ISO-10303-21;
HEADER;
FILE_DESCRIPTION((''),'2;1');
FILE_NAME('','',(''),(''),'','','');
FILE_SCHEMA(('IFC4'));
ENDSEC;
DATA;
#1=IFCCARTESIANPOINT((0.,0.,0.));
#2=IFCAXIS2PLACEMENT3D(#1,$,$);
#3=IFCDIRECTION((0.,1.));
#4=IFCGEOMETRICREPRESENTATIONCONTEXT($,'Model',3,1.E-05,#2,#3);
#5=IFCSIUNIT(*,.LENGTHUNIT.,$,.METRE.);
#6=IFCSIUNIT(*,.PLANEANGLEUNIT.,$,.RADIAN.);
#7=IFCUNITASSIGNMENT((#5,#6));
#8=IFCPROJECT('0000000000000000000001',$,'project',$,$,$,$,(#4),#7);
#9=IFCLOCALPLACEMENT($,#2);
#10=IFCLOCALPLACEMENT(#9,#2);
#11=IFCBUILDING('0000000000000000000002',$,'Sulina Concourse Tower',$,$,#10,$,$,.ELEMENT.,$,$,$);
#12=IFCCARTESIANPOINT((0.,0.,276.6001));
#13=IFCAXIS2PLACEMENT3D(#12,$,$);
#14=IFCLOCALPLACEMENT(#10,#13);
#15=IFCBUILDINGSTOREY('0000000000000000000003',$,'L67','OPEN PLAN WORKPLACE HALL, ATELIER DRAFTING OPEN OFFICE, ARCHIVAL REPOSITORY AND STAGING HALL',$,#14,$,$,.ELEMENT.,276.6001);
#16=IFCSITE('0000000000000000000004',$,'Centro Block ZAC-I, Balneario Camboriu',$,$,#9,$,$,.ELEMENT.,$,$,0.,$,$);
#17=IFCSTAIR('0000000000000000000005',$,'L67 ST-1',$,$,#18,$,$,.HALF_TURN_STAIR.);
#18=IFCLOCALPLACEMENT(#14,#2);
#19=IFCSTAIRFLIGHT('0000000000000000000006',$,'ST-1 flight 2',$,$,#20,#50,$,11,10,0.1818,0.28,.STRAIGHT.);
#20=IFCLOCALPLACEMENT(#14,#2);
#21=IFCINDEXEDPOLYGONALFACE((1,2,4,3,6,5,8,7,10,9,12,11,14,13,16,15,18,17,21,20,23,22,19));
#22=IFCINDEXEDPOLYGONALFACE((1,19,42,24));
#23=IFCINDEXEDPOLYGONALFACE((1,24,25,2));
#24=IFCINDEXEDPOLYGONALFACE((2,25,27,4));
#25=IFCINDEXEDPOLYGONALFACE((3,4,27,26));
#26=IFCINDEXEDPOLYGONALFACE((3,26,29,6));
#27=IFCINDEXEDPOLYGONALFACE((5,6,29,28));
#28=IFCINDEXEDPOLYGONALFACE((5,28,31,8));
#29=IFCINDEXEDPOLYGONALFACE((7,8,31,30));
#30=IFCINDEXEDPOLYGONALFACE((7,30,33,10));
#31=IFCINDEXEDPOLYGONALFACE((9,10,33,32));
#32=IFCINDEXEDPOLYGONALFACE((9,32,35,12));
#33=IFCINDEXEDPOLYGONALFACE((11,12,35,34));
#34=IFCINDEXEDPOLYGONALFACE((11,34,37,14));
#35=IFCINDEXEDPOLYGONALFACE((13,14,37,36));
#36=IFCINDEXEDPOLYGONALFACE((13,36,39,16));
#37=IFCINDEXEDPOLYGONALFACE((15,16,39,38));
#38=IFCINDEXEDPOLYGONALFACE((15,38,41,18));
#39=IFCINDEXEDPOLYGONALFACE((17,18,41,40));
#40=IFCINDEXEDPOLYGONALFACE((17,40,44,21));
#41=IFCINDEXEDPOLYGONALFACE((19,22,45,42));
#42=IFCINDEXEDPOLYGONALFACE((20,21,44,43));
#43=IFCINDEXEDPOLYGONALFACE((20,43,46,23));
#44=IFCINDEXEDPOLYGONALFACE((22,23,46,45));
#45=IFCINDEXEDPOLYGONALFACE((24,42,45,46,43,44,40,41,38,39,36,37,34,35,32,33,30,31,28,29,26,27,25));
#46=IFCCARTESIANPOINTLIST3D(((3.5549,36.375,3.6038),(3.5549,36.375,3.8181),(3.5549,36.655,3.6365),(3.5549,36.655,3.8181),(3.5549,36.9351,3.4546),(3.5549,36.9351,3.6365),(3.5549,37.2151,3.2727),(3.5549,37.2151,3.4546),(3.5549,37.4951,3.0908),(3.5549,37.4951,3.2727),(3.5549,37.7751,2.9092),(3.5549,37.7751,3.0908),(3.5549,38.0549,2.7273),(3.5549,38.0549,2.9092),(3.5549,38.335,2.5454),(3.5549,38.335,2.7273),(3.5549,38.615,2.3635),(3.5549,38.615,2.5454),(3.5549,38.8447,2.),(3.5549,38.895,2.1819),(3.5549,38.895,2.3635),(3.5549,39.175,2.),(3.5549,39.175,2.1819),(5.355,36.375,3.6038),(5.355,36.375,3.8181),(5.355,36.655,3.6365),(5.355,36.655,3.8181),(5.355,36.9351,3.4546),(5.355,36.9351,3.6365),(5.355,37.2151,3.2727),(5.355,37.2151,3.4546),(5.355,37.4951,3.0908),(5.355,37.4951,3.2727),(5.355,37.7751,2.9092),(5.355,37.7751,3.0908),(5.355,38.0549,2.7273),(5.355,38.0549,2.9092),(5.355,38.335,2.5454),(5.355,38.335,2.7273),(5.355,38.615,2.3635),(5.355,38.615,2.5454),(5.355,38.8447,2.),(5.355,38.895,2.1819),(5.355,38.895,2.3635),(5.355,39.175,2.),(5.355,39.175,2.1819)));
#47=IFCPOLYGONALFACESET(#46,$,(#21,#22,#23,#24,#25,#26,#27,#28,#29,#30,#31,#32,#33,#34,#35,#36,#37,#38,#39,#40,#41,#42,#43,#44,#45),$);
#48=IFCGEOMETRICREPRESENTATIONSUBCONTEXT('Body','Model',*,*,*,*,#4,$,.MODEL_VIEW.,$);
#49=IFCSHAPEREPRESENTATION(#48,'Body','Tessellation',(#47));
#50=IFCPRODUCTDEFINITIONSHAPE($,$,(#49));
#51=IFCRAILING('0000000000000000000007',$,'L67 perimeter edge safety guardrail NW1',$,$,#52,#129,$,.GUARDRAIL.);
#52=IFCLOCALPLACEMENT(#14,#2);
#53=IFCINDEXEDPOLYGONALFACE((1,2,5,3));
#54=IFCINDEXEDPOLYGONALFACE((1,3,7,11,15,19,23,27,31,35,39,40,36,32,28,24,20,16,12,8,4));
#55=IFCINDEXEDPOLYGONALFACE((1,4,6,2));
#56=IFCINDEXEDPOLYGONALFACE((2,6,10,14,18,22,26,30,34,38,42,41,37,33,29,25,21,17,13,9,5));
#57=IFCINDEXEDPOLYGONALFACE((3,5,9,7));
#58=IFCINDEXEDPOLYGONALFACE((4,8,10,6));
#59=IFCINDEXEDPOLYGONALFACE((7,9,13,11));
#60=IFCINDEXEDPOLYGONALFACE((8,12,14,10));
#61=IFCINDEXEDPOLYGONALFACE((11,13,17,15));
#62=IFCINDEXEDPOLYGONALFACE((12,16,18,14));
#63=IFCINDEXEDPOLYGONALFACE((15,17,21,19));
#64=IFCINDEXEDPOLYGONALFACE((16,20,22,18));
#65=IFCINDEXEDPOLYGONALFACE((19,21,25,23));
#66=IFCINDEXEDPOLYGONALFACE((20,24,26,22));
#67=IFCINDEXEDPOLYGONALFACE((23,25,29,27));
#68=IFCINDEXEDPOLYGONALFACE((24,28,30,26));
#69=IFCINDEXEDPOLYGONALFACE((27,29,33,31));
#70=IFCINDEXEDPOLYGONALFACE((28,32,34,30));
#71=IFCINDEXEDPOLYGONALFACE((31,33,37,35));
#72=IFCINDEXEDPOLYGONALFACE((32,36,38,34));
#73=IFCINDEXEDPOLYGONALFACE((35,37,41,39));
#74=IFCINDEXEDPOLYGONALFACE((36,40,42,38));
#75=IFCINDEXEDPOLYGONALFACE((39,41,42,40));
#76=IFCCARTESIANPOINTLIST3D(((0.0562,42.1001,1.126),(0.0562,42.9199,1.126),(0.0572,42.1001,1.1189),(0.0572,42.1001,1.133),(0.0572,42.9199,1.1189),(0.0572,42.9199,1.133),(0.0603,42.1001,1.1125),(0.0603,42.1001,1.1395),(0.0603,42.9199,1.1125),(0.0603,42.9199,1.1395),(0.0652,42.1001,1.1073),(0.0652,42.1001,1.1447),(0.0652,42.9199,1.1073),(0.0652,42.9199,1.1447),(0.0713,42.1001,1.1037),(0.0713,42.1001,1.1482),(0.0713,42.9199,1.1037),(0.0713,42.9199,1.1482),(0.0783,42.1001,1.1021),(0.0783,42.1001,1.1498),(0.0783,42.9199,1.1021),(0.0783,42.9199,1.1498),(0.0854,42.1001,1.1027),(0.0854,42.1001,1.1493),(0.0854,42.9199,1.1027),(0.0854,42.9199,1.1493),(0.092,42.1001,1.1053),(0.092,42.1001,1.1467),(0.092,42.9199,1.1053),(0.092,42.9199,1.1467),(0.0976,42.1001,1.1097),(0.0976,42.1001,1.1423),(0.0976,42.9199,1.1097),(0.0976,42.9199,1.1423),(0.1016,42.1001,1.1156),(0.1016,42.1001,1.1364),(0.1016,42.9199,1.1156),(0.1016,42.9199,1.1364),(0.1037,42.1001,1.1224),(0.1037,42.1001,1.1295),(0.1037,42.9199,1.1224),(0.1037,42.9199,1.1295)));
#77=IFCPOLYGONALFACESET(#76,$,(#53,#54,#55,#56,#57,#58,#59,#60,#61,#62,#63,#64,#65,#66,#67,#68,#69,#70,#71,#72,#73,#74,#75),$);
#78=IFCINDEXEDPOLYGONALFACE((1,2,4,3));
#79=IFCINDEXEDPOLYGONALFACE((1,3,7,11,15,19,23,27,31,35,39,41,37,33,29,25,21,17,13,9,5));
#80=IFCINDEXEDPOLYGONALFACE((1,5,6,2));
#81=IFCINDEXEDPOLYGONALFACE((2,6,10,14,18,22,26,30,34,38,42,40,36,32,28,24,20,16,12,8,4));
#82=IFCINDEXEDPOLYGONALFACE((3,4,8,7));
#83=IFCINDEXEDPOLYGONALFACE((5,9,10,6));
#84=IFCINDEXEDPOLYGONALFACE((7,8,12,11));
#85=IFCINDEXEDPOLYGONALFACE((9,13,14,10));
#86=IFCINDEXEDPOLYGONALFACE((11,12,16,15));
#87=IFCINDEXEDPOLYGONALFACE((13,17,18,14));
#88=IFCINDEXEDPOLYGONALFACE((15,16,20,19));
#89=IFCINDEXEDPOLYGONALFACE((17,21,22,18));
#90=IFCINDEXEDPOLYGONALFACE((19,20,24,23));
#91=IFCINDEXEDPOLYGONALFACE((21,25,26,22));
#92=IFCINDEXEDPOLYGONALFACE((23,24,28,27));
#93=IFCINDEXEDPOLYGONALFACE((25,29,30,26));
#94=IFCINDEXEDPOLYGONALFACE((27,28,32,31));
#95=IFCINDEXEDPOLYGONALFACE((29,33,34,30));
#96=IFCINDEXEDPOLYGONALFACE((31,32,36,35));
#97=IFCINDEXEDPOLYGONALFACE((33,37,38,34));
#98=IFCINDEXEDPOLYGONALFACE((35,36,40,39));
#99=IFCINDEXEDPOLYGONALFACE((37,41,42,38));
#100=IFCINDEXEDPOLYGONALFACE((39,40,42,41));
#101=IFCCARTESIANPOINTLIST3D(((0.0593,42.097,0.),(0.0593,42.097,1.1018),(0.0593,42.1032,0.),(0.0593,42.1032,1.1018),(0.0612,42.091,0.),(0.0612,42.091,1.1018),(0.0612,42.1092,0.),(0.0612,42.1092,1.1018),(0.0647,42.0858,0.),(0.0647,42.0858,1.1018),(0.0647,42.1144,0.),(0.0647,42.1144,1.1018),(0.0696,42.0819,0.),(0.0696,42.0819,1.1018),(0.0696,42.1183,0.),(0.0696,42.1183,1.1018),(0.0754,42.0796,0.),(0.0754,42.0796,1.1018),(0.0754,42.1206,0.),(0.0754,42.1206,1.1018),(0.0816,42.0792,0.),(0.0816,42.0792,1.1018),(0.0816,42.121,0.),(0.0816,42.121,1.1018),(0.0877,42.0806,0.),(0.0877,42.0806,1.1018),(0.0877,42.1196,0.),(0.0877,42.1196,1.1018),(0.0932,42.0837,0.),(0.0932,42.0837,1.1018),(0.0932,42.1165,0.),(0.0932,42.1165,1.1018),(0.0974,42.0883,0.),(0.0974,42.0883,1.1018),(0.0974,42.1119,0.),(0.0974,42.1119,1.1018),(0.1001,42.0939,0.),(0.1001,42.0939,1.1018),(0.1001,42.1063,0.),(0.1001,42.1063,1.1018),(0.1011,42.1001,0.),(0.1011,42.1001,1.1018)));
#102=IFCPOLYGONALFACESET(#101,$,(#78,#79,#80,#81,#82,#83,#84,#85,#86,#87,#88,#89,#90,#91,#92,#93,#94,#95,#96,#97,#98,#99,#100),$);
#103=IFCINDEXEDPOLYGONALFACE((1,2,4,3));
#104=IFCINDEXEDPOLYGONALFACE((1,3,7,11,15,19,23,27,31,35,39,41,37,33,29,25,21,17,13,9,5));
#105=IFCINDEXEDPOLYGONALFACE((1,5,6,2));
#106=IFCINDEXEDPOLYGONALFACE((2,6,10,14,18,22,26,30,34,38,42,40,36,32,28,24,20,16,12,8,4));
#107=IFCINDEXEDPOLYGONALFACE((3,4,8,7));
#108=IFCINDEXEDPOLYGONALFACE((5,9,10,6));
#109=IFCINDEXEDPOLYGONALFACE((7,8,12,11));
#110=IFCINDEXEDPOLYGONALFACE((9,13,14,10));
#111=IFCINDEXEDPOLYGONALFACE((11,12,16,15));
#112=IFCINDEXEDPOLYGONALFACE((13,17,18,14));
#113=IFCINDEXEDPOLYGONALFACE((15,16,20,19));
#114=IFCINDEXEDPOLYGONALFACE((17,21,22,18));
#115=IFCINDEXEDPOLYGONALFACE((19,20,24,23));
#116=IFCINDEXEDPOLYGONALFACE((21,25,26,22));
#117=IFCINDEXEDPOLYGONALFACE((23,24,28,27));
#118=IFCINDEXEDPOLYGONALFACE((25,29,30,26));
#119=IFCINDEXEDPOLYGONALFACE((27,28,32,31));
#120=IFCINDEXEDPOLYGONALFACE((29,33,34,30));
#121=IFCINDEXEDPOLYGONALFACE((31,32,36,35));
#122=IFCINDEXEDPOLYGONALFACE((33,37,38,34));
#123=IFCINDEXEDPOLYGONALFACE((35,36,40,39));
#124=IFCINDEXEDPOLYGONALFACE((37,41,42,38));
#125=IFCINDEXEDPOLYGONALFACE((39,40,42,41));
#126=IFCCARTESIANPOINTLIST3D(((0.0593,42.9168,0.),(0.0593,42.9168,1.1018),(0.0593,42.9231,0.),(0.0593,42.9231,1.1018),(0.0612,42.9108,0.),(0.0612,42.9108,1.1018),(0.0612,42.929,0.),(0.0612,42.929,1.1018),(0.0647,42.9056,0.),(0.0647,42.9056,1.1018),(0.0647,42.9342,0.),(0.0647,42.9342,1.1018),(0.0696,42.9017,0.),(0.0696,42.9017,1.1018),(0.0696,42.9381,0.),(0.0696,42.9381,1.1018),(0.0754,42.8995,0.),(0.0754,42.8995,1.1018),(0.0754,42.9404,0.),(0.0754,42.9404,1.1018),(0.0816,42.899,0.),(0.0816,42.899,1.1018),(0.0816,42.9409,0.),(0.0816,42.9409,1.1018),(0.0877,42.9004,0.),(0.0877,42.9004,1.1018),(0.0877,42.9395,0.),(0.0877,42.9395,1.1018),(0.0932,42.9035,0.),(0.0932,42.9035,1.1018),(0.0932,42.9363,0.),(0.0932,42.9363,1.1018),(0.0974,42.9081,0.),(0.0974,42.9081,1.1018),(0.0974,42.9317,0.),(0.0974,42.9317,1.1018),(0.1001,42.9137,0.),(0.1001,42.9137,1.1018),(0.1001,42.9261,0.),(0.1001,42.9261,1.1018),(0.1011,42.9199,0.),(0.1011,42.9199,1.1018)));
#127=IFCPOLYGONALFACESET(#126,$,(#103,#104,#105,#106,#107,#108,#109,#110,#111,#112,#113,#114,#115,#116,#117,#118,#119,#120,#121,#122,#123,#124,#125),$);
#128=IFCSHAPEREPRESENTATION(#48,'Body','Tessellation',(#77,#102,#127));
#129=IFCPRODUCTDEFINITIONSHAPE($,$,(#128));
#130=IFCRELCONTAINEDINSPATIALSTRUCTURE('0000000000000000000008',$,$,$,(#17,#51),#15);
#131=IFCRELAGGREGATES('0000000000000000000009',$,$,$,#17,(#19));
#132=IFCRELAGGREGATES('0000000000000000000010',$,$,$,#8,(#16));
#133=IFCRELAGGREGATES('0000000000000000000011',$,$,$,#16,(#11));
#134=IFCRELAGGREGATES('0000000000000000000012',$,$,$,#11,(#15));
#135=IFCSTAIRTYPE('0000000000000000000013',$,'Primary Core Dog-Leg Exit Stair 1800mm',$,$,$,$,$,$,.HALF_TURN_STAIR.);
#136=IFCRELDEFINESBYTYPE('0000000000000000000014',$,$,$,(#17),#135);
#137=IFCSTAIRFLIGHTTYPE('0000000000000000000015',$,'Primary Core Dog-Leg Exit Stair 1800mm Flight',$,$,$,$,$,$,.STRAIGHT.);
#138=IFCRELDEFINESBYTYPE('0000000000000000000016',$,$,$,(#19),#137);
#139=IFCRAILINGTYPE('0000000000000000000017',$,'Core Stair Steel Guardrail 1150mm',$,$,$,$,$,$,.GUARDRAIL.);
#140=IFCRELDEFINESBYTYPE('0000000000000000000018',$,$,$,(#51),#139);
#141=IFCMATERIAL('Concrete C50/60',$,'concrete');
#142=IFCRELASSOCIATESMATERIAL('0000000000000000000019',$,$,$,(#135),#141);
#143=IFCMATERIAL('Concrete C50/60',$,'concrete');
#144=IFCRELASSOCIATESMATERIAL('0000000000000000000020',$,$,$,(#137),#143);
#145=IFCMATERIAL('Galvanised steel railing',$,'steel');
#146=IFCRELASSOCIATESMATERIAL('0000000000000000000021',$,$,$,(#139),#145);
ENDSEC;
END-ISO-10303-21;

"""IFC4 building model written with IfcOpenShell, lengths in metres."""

from ifc_helpers import new_model, si_unit, direction, frame, origin, origin_2d, place, context, subcontext, project, spatial, polyline, circle, outline, extrude, material, type_object, element, aggregate, save


model = new_model("IFC4")

# Units and contexts
model_context = context("Model", 3, precision=1e-05, world=origin(), true_north=direction((0.0, 1.0)))
body_context = subcontext(model_context, "Body", "Model", "MODEL_VIEW")
ifc_project = project(units=[si_unit("LENGTHUNIT", "METRE"), si_unit("PLANEANGLEUNIT", "RADIAN")], contexts=[model_context])

# Site, building, storey
site_placement = place(None, origin())
site = spatial("IfcSite", under=ifc_project, at=site_placement, Name="Centro Block ZAC-I, Balneario Camboriu", CompositionType="ELEMENT", RefElevation=0.0)
building_placement = place(site_placement, origin())
building = spatial("IfcBuilding", under=site, at=building_placement, Name="Sulina Concourse Tower", CompositionType="ELEMENT")
storey_placement = place(building_placement, frame((0.0, 0.0, 276.6001)))
storey = spatial("IfcBuildingStorey", under=building, at=storey_placement, Name="L67", Description="OPEN PLAN WORKPLACE HALL, ATELIER DRAFTING OPEN OFFICE, ARCHIVAL REPOSITORY AND STAGING HALL", CompositionType="ELEMENT", Elevation=276.6001)

# Stair, stair flight
ifc_material_1 = material(Name="Concrete C50/60", Category="concrete")
stair_type = type_object("IfcStairType", Name="Primary Core Dog-Leg Exit Stair 1800mm", PredefinedType="HALF_TURN_STAIR", material=ifc_material_1)
stair_placement = place(storey_placement, origin())
stair = element("IfcStair", 1, at=stair_placement, inside=storey, type_object=stair_type, Name="L67 ST-1", PredefinedType="HALF_TURN_STAIR")
ifc_material_2 = material(Name="Concrete C50/60", Category="concrete")
stair_flight_type = type_object("IfcStairFlightType", Name="Primary Core Dog-Leg Exit Stair 1800mm Flight", PredefinedType="STRAIGHT", material=ifc_material_2)
stair_flight_1_placement = place(storey_placement, frame((4.4551, 39.175, 2.0), z_axis=(0.0, 0.0, 1.0), x_axis=(0.0, -1.0, 0.0)))
stair_flight_1 = element("IfcStairFlight", 2, at=stair_flight_1_placement, type_object=stair_flight_type, Name="ST-1 flight 2", NumberOfRisers=11, NumberOfTreads=10, PredefinedType="STRAIGHT", RiserHeight=0.1818, TreadLength=0.28, context=body_context, shape_type="SweptSolid", body=[
    extrude(outline(polyline([(0.0, 0.0), (0.0, 0.1819), (0.28, 0.1819), (0.28, 0.3635), (0.5601, 0.3635), (0.5601, 0.5454), (0.8401, 0.5454), (0.8401, 0.7273), (1.1201, 0.7273), (1.1201, 0.9092), (1.3999, 0.9092), (1.3999, 1.0908), (1.6799, 1.0908), (1.6799, 1.2727), (1.96, 1.2727), (1.96, 1.4546), (2.24, 1.4546), (2.24, 1.6365), (2.52, 1.6365), (2.52, 1.8181), (2.8, 1.8181), (2.8, 2.0), (2.8, 1.6038), (0.3303, 0.0), (0.0, 0.0)])), frame((0.0, 0.8999, 0.0), z_axis=(0.0, -1.0, 0.0), x_axis=(1.0, 0.0, 0.0)), (0.0, 0.0, 1.0), 1.8),
])
aggregate(stair, [stair_flight_1])

# Railing
ifc_material_3 = material(Name="Galvanised steel railing", Category="steel")
railing_type_1 = type_object("IfcRailingType", Name="Core Stair Steel Guardrail 1150mm", PredefinedType="GUARDRAIL", material=ifc_material_3)
railing_1_placement = place(storey_placement, frame((0.0801, 42.1001, 0.0)))
element("IfcRailing", 3, at=railing_1_placement, inside=storey, type_object=railing_type_1, Name="L67 perimeter edge safety guardrail NW1", PredefinedType="GUARDRAIL", context=body_context, shape_type="SweptSolid", body=[
    extrude(circle(Radius=0.0239, at=origin_2d()), frame((0.0, 0.0, 1.126), z_axis=(0.0, 1.0, 0.0), x_axis=(-1.0, 0.0, 0.0)), (0.0, 0.0, 1.0), 0.8198),
    extrude(circle(Radius=0.021, at=origin_2d()), origin(), (0.0, 0.0, 1.0), 1.1018),
    extrude(circle(Radius=0.021, at=origin_2d()), frame((0.0, 0.8198, 0.0)), (0.0, 0.0, 1.0), 1.1018),
])

save(model, "model.ifc")
